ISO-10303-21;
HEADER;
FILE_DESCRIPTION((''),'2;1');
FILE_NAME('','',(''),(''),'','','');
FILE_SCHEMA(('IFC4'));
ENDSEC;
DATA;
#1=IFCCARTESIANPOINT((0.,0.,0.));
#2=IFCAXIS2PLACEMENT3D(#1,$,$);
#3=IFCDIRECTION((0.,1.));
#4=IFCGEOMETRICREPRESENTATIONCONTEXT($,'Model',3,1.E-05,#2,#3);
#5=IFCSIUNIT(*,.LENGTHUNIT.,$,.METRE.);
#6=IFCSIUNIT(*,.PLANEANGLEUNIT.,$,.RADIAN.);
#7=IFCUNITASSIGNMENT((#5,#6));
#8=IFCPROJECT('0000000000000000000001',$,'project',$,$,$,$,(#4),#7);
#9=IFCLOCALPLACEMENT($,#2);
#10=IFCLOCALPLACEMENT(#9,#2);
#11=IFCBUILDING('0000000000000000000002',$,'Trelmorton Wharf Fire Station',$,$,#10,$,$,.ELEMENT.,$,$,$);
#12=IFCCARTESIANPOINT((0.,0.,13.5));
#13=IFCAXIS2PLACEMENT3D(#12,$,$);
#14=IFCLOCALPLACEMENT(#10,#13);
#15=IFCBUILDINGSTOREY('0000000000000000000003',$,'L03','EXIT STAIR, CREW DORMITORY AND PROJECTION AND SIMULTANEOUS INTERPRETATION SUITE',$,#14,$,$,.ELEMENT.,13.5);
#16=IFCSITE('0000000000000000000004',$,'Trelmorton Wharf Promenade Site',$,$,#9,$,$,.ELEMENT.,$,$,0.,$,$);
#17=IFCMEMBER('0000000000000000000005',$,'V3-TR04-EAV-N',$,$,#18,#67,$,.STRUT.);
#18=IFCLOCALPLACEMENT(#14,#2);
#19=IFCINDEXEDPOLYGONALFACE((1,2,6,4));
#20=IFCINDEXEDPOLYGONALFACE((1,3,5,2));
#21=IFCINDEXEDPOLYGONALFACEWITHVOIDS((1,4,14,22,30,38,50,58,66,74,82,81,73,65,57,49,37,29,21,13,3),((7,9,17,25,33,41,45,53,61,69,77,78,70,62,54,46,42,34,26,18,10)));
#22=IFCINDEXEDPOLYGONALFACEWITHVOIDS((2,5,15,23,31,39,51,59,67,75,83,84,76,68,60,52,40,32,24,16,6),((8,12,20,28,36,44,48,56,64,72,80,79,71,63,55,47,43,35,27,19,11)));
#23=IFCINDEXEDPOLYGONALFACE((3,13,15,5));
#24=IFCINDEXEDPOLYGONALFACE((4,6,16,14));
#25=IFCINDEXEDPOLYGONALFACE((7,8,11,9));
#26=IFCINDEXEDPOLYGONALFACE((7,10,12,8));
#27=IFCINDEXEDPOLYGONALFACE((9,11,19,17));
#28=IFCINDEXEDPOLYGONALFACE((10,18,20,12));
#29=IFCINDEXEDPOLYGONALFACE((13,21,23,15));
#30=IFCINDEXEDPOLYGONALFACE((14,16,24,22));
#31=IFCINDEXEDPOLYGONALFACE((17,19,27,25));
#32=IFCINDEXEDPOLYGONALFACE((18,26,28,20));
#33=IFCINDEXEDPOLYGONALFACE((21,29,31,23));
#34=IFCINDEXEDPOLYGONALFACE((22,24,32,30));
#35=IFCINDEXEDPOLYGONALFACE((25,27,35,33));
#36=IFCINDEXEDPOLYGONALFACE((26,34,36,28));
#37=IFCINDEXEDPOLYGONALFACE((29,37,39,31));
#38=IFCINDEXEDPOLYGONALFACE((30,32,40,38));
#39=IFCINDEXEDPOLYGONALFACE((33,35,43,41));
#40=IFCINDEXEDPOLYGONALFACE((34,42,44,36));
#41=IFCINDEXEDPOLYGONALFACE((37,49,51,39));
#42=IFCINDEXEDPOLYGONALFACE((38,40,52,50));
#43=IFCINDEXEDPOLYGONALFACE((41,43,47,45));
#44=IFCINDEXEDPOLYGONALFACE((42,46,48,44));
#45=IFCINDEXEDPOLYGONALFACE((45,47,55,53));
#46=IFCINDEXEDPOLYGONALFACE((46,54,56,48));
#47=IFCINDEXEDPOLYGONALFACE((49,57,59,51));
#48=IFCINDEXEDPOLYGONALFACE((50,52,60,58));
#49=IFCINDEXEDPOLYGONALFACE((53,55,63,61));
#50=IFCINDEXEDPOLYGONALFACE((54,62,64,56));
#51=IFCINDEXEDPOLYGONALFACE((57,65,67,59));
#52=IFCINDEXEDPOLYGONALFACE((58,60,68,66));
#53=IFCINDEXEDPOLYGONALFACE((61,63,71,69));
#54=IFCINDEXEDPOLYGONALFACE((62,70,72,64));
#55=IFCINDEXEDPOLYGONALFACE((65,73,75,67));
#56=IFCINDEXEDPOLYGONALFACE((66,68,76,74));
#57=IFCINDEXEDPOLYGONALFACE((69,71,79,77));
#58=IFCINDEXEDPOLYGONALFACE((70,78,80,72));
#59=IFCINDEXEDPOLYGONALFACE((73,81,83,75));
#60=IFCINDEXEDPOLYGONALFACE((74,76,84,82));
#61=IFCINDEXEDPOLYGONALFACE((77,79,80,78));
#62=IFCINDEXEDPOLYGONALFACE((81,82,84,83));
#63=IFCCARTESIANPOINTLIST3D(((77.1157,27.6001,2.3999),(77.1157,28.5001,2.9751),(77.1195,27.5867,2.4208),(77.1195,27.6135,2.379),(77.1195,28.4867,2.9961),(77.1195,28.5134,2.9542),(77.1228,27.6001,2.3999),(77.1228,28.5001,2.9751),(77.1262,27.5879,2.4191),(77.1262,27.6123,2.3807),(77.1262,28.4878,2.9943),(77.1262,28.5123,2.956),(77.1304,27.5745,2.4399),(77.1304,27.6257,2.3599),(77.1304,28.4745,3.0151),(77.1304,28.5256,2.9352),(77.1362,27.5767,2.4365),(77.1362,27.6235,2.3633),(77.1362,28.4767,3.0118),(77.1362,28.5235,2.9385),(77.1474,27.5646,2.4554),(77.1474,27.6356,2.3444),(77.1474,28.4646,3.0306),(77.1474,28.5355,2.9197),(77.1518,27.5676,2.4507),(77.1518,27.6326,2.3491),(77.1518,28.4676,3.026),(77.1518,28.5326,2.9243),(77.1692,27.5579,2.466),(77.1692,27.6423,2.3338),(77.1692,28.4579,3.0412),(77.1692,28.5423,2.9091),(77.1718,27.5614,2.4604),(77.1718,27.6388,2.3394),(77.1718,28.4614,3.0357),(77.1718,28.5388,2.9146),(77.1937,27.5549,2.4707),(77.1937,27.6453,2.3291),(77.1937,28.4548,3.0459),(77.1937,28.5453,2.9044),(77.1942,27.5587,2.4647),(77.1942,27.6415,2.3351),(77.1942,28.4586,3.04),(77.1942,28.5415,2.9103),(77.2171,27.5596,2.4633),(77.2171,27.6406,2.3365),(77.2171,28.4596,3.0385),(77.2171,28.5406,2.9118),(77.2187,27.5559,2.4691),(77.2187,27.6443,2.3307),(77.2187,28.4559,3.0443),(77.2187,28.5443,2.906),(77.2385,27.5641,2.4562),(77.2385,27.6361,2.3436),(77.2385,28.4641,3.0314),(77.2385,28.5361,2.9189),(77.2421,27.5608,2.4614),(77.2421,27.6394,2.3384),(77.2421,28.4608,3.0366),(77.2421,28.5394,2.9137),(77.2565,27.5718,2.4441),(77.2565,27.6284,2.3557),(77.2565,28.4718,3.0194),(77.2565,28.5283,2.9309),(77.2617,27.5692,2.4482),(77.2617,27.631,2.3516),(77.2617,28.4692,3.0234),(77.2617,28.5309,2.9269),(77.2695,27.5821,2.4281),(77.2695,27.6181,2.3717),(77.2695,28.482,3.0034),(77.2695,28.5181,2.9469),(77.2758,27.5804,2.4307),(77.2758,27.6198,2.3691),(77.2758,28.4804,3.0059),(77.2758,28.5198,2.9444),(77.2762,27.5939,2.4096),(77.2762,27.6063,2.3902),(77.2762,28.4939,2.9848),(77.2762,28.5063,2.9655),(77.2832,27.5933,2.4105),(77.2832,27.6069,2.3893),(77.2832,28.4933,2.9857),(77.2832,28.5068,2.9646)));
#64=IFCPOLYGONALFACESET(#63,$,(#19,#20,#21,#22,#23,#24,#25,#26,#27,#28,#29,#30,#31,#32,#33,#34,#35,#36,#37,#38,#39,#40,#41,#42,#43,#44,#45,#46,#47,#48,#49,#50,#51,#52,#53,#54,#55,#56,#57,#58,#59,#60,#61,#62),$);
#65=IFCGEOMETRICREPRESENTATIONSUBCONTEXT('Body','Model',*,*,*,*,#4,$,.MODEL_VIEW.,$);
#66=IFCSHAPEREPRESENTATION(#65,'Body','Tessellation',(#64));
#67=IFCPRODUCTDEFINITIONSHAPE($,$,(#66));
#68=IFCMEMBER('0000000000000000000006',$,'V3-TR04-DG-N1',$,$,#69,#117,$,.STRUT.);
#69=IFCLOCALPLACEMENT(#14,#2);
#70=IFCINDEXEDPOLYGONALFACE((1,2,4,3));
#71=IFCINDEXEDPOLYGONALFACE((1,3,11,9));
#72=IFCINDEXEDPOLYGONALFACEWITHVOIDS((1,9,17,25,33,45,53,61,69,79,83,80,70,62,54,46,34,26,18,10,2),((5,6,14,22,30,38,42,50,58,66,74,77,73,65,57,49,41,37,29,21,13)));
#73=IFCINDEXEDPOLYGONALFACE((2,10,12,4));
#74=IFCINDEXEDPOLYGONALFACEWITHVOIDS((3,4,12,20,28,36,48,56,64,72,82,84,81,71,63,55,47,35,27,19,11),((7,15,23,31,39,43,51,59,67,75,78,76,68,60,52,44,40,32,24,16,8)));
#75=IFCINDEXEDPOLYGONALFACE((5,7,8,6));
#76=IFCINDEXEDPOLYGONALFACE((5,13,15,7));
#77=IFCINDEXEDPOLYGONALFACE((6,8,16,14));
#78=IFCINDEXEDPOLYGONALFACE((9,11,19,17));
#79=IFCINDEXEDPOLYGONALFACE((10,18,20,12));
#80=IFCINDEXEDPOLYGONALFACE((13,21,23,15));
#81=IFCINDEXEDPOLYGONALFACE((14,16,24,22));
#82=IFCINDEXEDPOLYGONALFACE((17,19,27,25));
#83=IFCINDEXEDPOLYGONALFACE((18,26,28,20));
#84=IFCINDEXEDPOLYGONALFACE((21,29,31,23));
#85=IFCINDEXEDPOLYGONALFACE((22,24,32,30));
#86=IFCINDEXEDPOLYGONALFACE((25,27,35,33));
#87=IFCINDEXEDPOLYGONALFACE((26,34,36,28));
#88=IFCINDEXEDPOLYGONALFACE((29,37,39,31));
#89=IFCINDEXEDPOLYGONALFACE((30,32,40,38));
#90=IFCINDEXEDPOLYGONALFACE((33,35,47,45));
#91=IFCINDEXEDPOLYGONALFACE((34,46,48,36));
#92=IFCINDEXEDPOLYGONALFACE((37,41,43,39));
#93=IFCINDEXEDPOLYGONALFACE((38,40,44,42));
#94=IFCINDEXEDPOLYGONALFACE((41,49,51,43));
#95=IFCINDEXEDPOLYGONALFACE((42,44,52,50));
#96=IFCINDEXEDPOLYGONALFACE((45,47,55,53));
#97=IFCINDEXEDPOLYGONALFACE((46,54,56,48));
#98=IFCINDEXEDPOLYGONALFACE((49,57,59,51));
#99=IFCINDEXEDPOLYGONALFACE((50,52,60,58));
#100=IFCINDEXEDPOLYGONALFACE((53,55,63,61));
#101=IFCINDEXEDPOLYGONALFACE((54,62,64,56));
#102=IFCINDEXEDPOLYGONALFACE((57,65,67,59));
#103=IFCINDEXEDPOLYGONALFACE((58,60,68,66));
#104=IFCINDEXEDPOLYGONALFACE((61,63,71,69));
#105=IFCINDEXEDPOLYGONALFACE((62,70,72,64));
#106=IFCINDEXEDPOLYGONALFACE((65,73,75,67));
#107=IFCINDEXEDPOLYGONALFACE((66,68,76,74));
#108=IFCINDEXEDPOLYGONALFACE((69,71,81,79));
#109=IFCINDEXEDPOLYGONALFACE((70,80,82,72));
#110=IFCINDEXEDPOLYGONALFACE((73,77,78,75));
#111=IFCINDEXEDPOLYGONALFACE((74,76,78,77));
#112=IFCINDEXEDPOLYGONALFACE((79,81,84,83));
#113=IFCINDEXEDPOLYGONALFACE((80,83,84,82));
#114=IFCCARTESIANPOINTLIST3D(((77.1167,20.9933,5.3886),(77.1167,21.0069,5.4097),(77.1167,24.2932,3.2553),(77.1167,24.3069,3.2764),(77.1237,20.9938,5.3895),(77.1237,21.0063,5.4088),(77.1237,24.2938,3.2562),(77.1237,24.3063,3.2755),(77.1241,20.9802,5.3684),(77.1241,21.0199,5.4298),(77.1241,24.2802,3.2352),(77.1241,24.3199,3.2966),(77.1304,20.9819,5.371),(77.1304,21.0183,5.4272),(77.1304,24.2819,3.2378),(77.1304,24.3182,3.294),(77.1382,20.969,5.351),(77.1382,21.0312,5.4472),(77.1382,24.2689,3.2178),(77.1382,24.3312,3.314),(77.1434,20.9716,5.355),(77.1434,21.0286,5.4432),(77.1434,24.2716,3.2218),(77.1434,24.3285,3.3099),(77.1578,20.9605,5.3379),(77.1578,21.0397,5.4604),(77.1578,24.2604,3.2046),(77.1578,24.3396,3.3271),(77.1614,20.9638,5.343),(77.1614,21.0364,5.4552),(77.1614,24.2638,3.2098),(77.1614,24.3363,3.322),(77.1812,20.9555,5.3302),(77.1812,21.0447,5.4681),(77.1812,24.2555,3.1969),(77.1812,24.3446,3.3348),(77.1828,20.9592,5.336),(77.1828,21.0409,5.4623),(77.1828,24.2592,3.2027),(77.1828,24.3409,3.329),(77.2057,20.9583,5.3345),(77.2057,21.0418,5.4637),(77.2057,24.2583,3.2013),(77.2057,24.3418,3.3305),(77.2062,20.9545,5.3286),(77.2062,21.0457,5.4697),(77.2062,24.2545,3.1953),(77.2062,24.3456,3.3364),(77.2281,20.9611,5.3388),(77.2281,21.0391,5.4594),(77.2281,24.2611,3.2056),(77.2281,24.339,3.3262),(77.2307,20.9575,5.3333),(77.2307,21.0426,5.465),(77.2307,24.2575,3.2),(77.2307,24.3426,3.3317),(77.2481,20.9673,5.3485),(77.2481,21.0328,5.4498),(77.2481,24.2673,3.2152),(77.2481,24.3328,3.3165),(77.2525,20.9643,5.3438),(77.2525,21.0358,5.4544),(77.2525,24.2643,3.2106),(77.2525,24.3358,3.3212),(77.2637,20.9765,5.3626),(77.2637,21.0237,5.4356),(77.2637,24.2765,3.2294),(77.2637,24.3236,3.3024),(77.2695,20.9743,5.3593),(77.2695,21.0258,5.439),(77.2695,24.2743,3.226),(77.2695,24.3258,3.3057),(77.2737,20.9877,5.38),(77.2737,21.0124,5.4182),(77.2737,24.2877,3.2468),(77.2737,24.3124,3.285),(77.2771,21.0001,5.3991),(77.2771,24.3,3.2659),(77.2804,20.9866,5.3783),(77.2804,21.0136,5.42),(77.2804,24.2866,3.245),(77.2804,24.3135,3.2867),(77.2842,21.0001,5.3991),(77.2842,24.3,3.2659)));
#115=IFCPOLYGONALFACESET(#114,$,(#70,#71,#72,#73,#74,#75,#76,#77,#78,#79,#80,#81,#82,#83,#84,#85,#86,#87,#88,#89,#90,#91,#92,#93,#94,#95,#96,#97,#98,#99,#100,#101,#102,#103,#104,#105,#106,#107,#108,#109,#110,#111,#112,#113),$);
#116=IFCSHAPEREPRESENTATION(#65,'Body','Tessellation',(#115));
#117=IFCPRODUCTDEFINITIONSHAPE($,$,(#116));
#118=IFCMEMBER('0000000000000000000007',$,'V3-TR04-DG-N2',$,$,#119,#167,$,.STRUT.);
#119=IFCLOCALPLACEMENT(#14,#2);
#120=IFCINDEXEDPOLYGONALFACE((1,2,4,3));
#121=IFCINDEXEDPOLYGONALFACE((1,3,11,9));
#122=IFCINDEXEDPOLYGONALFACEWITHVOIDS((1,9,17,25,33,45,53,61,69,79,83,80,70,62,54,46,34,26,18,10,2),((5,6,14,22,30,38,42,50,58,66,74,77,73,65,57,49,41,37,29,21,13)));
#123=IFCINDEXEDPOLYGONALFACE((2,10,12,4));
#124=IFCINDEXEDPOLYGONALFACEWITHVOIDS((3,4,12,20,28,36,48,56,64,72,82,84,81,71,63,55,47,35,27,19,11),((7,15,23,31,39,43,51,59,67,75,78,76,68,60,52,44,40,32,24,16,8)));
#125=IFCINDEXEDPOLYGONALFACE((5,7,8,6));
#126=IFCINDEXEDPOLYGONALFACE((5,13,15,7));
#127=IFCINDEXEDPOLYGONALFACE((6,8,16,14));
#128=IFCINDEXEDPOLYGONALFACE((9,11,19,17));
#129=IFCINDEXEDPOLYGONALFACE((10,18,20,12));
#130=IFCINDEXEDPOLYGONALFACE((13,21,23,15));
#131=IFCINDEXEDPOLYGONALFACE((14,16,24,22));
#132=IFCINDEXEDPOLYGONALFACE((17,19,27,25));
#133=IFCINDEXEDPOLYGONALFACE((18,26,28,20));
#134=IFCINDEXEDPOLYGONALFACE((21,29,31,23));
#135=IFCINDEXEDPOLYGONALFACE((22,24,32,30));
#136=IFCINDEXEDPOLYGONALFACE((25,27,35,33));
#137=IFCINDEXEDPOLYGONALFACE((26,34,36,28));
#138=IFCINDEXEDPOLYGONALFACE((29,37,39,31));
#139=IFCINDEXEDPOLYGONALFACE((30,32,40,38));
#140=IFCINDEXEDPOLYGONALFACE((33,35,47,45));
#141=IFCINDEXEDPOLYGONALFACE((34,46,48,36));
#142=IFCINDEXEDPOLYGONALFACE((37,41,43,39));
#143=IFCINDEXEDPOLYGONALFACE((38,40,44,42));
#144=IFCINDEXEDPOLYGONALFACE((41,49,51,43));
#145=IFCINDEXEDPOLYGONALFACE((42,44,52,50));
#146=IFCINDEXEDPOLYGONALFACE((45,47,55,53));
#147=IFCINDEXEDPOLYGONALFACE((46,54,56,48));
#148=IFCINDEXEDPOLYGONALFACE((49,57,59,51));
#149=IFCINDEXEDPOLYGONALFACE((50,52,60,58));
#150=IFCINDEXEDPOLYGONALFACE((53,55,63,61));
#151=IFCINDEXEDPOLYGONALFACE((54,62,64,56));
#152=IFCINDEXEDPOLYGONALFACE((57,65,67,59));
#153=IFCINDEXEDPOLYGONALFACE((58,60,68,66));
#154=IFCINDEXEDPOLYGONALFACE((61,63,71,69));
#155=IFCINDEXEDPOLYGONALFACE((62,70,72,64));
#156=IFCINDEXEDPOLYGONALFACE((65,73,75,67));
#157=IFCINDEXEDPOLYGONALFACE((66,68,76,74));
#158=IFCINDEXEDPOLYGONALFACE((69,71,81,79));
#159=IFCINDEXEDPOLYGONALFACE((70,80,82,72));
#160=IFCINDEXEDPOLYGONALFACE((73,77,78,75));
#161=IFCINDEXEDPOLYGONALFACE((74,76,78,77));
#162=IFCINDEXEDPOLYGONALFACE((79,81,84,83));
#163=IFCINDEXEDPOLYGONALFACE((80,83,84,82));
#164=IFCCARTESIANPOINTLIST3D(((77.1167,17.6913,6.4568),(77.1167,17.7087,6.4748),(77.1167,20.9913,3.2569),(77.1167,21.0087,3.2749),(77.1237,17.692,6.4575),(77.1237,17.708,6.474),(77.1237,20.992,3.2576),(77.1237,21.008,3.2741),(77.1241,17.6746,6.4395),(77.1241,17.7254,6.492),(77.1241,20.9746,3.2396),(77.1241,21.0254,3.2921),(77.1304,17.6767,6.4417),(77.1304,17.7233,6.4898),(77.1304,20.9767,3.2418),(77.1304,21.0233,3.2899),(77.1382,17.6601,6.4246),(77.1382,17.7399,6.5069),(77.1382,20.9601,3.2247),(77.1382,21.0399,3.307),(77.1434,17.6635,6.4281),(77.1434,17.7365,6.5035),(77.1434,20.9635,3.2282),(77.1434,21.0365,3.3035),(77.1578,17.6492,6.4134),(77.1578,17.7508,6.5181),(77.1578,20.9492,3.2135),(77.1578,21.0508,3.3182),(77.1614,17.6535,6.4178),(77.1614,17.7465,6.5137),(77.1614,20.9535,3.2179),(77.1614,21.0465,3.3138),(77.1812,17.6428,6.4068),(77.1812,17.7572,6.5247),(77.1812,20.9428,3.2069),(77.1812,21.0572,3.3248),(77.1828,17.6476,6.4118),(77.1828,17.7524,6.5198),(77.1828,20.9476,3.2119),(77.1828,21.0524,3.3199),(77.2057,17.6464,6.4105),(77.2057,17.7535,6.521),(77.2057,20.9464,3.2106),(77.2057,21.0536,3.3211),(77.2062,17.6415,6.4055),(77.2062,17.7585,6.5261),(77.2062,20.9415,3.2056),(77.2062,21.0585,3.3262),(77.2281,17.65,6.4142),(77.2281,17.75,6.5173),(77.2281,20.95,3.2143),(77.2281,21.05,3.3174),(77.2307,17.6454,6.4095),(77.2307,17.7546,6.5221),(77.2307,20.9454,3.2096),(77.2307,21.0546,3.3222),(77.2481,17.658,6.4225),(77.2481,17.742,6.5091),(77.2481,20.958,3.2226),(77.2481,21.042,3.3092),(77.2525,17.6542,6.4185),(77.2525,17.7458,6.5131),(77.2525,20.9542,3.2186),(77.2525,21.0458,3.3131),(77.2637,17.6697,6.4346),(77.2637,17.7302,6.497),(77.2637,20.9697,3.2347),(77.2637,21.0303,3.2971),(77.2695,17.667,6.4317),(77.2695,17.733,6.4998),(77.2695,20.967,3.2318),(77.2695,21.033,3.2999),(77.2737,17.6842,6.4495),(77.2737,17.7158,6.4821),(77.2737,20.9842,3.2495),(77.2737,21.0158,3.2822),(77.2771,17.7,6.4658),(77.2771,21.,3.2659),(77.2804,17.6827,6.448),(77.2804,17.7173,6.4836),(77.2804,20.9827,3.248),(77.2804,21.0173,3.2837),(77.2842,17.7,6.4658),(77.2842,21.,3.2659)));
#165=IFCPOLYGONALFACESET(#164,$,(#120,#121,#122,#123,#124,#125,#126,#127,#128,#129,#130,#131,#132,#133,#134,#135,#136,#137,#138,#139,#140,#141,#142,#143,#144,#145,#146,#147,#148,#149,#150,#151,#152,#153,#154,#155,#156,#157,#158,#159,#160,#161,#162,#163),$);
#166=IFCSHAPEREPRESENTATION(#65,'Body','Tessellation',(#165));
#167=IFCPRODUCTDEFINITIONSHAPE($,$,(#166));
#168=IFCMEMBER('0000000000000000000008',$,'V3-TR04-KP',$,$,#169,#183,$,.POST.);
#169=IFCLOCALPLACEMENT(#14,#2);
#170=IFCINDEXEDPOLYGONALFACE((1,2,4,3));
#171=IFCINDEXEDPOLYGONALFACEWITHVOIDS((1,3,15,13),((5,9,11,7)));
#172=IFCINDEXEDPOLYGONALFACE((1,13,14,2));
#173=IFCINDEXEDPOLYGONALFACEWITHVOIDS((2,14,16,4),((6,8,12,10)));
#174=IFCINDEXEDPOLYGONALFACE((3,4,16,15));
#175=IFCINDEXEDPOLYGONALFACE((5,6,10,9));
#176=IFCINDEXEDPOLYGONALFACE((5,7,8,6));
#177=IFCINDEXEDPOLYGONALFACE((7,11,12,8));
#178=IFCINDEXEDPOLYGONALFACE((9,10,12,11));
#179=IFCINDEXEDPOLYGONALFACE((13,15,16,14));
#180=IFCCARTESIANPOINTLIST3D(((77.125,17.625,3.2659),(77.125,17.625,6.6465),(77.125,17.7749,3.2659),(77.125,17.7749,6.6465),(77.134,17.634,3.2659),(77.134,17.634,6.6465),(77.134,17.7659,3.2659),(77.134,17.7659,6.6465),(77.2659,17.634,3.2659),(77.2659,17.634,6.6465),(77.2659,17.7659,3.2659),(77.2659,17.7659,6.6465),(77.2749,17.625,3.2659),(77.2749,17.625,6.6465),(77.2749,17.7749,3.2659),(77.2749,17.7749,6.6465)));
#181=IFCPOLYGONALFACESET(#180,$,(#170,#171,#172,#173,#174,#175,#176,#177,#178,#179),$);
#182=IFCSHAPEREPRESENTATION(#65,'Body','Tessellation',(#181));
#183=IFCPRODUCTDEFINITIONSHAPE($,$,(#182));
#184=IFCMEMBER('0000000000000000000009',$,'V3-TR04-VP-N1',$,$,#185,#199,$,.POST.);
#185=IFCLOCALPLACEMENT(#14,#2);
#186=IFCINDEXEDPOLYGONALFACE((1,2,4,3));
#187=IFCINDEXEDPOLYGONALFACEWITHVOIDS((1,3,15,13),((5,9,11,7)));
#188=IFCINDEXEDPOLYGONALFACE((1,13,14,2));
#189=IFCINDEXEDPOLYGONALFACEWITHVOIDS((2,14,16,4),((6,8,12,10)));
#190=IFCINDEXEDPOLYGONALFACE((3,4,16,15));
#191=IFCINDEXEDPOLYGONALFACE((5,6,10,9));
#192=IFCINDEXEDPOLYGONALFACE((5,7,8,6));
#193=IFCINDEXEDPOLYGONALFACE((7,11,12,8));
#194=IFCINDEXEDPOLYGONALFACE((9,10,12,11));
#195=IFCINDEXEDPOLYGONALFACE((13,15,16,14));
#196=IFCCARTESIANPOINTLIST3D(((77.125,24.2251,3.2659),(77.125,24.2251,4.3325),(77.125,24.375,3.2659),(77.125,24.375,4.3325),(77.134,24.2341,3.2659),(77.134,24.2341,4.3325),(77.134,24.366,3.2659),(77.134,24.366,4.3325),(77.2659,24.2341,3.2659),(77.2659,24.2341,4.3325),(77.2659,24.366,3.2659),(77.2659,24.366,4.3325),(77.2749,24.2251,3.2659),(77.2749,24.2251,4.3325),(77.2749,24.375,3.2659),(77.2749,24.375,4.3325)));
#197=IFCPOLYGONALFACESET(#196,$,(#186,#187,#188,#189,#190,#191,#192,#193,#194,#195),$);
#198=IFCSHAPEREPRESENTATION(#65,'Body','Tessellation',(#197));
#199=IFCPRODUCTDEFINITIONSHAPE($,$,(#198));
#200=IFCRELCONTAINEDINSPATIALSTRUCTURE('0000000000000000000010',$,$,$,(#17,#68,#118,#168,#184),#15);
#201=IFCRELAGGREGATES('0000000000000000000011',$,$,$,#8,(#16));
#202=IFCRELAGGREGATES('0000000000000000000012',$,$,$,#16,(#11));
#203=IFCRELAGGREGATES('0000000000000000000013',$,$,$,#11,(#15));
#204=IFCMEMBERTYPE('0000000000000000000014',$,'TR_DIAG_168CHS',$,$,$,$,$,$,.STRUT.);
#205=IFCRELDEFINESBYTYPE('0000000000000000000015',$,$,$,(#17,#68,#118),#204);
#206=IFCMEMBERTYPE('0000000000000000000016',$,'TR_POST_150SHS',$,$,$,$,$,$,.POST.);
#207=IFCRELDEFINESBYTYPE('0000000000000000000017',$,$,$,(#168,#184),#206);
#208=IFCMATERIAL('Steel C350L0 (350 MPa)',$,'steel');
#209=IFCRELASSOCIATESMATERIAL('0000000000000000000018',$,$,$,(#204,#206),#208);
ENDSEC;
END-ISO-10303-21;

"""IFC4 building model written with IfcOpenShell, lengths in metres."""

from ifc_helpers import new_model, si_unit, direction, frame, origin, origin_2d, place, context, subcontext, project, spatial, hollow_rectangle, hollow_circle, extrude, material, material_profile, profile_set, type_object, element, save


model = new_model("IFC4")

# Units and contexts
model_context = context("Model", 3, precision=1e-05, world=origin(), true_north=direction((0.0, 1.0)))
body_context = subcontext(model_context, "Body", "Model", "MODEL_VIEW")
ifc_project = project(units=[si_unit("LENGTHUNIT", "METRE"), si_unit("PLANEANGLEUNIT", "RADIAN")], contexts=[model_context])

# Site, building, storey
site_placement = place(None, origin())
site = spatial("IfcSite", under=ifc_project, at=site_placement, Name="Trelmorton Wharf Promenade Site", CompositionType="ELEMENT", RefElevation=0.0)
building_placement = place(site_placement, origin())
building = spatial("IfcBuilding", under=site, at=building_placement, Name="Trelmorton Wharf Fire Station", CompositionType="ELEMENT")
storey_placement = place(building_placement, frame((0.0, 0.0, 13.5)))
storey = spatial("IfcBuildingStorey", under=building, at=storey_placement, Name="L03", Description="EXIT STAIR, CREW DORMITORY AND PROJECTION AND SIMULTANEOUS INTERPRETATION SUITE", CompositionType="ELEMENT", Elevation=13.5)

# Members
ifc_material_1 = material(Name="Steel C350L0 (350 MPa)", Category="steel")
ifc_material_profile_1 = material_profile(ifc_material_1, hollow_circle(Radius=0.0842, WallThickness=0.0071, at=origin_2d()), Name="168.3x7.1CHS")
ifc_profile_set_1 = profile_set([ifc_material_profile_1], Name="Steel C350L0 (350 MPa)")
member_type_1 = type_object("IfcMemberType", Name="TR_DIAG_168CHS", PredefinedType="STRUT", material=ifc_profile_set_1)
member_1_placement = place(storey_placement, frame((77.2, 27.6001, 2.3999), z_axis=(0.0, 0.842587, 0.538561), x_axis=(-1.0, 0.0, 0.0)))
element("IfcMember", 1, at=member_1_placement, inside=storey, type_object=member_type_1, Name="V3-TR04-EAV-N", PredefinedType="STRUT", context=body_context, shape_type="SweptSolid", body=[
    extrude(hollow_circle(Radius=0.0842, WallThickness=0.0071, at=origin_2d()), origin(), (0.0, 0.0, 1.0), 1.0681),
])
member_2_placement = place(storey_placement, frame((77.2, 24.3, 3.2659), z_axis=(0.0, -0.839805, 0.542888), x_axis=(1.0, 0.0, 0.0)))
element("IfcMember", 2, at=member_2_placement, inside=storey, type_object=member_type_1, Name="V3-TR04-DG-N1", PredefinedType="STRUT", context=body_context, shape_type="SweptSolid", body=[
    extrude(hollow_circle(Radius=0.0842, WallThickness=0.0071, at=origin_2d()), origin(), (0.0, 0.0, 1.0), 3.9294),
])
member_3_placement = place(storey_placement, frame((77.2, 21.0, 3.2659), z_axis=(0.0, -0.717911, 0.696135), x_axis=(1.0, 0.0, 0.0)))
element("IfcMember", 3, at=member_3_placement, inside=storey, type_object=member_type_1, Name="V3-TR04-DG-N2", PredefinedType="STRUT", context=body_context, shape_type="SweptSolid", body=[
    extrude(hollow_circle(Radius=0.0842, WallThickness=0.0071, at=origin_2d()), origin(), (0.0, 0.0, 1.0), 4.5967),
])
ifc_material_profile_2 = material_profile(ifc_material_1, hollow_rectangle(XDim=0.1499, YDim=0.1499, WallThickness=0.009, at=origin_2d()), Name="150x150x9.0SHS")
ifc_profile_set_2 = profile_set([ifc_material_profile_2], Name="Steel C350L0 (350 MPa)")
member_type_2 = type_object("IfcMemberType", Name="TR_POST_150SHS", PredefinedType="POST", material=ifc_profile_set_2)
member_4_placement = place(storey_placement, frame((77.2, 17.7, 3.2659), z_axis=(0.0, 0.0, 1.0), x_axis=(1.0, 0.0, 0.0)))
element("IfcMember", 4, at=member_4_placement, inside=storey, type_object=member_type_2, Name="V3-TR04-KP", PredefinedType="POST", context=body_context, shape_type="SweptSolid", body=[
    extrude(hollow_rectangle(XDim=0.1499, YDim=0.1499, WallThickness=0.009, at=origin_2d()), origin(), (0.0, 0.0, 1.0), 3.3806),
])
member_5_placement = place(storey_placement, frame((77.2, 24.3, 3.2659), z_axis=(0.0, 0.0, 1.0), x_axis=(1.0, 0.0, 0.0)))
element("IfcMember", 5, at=member_5_placement, inside=storey, type_object=member_type_2, Name="V3-TR04-VP-N1", PredefinedType="POST", context=body_context, shape_type="SweptSolid", body=[
    extrude(hollow_rectangle(XDim=0.1499, YDim=0.1499, WallThickness=0.009, at=origin_2d()), origin(), (0.0, 0.0, 1.0), 1.0667),
])

save(model, "model.ifc")
